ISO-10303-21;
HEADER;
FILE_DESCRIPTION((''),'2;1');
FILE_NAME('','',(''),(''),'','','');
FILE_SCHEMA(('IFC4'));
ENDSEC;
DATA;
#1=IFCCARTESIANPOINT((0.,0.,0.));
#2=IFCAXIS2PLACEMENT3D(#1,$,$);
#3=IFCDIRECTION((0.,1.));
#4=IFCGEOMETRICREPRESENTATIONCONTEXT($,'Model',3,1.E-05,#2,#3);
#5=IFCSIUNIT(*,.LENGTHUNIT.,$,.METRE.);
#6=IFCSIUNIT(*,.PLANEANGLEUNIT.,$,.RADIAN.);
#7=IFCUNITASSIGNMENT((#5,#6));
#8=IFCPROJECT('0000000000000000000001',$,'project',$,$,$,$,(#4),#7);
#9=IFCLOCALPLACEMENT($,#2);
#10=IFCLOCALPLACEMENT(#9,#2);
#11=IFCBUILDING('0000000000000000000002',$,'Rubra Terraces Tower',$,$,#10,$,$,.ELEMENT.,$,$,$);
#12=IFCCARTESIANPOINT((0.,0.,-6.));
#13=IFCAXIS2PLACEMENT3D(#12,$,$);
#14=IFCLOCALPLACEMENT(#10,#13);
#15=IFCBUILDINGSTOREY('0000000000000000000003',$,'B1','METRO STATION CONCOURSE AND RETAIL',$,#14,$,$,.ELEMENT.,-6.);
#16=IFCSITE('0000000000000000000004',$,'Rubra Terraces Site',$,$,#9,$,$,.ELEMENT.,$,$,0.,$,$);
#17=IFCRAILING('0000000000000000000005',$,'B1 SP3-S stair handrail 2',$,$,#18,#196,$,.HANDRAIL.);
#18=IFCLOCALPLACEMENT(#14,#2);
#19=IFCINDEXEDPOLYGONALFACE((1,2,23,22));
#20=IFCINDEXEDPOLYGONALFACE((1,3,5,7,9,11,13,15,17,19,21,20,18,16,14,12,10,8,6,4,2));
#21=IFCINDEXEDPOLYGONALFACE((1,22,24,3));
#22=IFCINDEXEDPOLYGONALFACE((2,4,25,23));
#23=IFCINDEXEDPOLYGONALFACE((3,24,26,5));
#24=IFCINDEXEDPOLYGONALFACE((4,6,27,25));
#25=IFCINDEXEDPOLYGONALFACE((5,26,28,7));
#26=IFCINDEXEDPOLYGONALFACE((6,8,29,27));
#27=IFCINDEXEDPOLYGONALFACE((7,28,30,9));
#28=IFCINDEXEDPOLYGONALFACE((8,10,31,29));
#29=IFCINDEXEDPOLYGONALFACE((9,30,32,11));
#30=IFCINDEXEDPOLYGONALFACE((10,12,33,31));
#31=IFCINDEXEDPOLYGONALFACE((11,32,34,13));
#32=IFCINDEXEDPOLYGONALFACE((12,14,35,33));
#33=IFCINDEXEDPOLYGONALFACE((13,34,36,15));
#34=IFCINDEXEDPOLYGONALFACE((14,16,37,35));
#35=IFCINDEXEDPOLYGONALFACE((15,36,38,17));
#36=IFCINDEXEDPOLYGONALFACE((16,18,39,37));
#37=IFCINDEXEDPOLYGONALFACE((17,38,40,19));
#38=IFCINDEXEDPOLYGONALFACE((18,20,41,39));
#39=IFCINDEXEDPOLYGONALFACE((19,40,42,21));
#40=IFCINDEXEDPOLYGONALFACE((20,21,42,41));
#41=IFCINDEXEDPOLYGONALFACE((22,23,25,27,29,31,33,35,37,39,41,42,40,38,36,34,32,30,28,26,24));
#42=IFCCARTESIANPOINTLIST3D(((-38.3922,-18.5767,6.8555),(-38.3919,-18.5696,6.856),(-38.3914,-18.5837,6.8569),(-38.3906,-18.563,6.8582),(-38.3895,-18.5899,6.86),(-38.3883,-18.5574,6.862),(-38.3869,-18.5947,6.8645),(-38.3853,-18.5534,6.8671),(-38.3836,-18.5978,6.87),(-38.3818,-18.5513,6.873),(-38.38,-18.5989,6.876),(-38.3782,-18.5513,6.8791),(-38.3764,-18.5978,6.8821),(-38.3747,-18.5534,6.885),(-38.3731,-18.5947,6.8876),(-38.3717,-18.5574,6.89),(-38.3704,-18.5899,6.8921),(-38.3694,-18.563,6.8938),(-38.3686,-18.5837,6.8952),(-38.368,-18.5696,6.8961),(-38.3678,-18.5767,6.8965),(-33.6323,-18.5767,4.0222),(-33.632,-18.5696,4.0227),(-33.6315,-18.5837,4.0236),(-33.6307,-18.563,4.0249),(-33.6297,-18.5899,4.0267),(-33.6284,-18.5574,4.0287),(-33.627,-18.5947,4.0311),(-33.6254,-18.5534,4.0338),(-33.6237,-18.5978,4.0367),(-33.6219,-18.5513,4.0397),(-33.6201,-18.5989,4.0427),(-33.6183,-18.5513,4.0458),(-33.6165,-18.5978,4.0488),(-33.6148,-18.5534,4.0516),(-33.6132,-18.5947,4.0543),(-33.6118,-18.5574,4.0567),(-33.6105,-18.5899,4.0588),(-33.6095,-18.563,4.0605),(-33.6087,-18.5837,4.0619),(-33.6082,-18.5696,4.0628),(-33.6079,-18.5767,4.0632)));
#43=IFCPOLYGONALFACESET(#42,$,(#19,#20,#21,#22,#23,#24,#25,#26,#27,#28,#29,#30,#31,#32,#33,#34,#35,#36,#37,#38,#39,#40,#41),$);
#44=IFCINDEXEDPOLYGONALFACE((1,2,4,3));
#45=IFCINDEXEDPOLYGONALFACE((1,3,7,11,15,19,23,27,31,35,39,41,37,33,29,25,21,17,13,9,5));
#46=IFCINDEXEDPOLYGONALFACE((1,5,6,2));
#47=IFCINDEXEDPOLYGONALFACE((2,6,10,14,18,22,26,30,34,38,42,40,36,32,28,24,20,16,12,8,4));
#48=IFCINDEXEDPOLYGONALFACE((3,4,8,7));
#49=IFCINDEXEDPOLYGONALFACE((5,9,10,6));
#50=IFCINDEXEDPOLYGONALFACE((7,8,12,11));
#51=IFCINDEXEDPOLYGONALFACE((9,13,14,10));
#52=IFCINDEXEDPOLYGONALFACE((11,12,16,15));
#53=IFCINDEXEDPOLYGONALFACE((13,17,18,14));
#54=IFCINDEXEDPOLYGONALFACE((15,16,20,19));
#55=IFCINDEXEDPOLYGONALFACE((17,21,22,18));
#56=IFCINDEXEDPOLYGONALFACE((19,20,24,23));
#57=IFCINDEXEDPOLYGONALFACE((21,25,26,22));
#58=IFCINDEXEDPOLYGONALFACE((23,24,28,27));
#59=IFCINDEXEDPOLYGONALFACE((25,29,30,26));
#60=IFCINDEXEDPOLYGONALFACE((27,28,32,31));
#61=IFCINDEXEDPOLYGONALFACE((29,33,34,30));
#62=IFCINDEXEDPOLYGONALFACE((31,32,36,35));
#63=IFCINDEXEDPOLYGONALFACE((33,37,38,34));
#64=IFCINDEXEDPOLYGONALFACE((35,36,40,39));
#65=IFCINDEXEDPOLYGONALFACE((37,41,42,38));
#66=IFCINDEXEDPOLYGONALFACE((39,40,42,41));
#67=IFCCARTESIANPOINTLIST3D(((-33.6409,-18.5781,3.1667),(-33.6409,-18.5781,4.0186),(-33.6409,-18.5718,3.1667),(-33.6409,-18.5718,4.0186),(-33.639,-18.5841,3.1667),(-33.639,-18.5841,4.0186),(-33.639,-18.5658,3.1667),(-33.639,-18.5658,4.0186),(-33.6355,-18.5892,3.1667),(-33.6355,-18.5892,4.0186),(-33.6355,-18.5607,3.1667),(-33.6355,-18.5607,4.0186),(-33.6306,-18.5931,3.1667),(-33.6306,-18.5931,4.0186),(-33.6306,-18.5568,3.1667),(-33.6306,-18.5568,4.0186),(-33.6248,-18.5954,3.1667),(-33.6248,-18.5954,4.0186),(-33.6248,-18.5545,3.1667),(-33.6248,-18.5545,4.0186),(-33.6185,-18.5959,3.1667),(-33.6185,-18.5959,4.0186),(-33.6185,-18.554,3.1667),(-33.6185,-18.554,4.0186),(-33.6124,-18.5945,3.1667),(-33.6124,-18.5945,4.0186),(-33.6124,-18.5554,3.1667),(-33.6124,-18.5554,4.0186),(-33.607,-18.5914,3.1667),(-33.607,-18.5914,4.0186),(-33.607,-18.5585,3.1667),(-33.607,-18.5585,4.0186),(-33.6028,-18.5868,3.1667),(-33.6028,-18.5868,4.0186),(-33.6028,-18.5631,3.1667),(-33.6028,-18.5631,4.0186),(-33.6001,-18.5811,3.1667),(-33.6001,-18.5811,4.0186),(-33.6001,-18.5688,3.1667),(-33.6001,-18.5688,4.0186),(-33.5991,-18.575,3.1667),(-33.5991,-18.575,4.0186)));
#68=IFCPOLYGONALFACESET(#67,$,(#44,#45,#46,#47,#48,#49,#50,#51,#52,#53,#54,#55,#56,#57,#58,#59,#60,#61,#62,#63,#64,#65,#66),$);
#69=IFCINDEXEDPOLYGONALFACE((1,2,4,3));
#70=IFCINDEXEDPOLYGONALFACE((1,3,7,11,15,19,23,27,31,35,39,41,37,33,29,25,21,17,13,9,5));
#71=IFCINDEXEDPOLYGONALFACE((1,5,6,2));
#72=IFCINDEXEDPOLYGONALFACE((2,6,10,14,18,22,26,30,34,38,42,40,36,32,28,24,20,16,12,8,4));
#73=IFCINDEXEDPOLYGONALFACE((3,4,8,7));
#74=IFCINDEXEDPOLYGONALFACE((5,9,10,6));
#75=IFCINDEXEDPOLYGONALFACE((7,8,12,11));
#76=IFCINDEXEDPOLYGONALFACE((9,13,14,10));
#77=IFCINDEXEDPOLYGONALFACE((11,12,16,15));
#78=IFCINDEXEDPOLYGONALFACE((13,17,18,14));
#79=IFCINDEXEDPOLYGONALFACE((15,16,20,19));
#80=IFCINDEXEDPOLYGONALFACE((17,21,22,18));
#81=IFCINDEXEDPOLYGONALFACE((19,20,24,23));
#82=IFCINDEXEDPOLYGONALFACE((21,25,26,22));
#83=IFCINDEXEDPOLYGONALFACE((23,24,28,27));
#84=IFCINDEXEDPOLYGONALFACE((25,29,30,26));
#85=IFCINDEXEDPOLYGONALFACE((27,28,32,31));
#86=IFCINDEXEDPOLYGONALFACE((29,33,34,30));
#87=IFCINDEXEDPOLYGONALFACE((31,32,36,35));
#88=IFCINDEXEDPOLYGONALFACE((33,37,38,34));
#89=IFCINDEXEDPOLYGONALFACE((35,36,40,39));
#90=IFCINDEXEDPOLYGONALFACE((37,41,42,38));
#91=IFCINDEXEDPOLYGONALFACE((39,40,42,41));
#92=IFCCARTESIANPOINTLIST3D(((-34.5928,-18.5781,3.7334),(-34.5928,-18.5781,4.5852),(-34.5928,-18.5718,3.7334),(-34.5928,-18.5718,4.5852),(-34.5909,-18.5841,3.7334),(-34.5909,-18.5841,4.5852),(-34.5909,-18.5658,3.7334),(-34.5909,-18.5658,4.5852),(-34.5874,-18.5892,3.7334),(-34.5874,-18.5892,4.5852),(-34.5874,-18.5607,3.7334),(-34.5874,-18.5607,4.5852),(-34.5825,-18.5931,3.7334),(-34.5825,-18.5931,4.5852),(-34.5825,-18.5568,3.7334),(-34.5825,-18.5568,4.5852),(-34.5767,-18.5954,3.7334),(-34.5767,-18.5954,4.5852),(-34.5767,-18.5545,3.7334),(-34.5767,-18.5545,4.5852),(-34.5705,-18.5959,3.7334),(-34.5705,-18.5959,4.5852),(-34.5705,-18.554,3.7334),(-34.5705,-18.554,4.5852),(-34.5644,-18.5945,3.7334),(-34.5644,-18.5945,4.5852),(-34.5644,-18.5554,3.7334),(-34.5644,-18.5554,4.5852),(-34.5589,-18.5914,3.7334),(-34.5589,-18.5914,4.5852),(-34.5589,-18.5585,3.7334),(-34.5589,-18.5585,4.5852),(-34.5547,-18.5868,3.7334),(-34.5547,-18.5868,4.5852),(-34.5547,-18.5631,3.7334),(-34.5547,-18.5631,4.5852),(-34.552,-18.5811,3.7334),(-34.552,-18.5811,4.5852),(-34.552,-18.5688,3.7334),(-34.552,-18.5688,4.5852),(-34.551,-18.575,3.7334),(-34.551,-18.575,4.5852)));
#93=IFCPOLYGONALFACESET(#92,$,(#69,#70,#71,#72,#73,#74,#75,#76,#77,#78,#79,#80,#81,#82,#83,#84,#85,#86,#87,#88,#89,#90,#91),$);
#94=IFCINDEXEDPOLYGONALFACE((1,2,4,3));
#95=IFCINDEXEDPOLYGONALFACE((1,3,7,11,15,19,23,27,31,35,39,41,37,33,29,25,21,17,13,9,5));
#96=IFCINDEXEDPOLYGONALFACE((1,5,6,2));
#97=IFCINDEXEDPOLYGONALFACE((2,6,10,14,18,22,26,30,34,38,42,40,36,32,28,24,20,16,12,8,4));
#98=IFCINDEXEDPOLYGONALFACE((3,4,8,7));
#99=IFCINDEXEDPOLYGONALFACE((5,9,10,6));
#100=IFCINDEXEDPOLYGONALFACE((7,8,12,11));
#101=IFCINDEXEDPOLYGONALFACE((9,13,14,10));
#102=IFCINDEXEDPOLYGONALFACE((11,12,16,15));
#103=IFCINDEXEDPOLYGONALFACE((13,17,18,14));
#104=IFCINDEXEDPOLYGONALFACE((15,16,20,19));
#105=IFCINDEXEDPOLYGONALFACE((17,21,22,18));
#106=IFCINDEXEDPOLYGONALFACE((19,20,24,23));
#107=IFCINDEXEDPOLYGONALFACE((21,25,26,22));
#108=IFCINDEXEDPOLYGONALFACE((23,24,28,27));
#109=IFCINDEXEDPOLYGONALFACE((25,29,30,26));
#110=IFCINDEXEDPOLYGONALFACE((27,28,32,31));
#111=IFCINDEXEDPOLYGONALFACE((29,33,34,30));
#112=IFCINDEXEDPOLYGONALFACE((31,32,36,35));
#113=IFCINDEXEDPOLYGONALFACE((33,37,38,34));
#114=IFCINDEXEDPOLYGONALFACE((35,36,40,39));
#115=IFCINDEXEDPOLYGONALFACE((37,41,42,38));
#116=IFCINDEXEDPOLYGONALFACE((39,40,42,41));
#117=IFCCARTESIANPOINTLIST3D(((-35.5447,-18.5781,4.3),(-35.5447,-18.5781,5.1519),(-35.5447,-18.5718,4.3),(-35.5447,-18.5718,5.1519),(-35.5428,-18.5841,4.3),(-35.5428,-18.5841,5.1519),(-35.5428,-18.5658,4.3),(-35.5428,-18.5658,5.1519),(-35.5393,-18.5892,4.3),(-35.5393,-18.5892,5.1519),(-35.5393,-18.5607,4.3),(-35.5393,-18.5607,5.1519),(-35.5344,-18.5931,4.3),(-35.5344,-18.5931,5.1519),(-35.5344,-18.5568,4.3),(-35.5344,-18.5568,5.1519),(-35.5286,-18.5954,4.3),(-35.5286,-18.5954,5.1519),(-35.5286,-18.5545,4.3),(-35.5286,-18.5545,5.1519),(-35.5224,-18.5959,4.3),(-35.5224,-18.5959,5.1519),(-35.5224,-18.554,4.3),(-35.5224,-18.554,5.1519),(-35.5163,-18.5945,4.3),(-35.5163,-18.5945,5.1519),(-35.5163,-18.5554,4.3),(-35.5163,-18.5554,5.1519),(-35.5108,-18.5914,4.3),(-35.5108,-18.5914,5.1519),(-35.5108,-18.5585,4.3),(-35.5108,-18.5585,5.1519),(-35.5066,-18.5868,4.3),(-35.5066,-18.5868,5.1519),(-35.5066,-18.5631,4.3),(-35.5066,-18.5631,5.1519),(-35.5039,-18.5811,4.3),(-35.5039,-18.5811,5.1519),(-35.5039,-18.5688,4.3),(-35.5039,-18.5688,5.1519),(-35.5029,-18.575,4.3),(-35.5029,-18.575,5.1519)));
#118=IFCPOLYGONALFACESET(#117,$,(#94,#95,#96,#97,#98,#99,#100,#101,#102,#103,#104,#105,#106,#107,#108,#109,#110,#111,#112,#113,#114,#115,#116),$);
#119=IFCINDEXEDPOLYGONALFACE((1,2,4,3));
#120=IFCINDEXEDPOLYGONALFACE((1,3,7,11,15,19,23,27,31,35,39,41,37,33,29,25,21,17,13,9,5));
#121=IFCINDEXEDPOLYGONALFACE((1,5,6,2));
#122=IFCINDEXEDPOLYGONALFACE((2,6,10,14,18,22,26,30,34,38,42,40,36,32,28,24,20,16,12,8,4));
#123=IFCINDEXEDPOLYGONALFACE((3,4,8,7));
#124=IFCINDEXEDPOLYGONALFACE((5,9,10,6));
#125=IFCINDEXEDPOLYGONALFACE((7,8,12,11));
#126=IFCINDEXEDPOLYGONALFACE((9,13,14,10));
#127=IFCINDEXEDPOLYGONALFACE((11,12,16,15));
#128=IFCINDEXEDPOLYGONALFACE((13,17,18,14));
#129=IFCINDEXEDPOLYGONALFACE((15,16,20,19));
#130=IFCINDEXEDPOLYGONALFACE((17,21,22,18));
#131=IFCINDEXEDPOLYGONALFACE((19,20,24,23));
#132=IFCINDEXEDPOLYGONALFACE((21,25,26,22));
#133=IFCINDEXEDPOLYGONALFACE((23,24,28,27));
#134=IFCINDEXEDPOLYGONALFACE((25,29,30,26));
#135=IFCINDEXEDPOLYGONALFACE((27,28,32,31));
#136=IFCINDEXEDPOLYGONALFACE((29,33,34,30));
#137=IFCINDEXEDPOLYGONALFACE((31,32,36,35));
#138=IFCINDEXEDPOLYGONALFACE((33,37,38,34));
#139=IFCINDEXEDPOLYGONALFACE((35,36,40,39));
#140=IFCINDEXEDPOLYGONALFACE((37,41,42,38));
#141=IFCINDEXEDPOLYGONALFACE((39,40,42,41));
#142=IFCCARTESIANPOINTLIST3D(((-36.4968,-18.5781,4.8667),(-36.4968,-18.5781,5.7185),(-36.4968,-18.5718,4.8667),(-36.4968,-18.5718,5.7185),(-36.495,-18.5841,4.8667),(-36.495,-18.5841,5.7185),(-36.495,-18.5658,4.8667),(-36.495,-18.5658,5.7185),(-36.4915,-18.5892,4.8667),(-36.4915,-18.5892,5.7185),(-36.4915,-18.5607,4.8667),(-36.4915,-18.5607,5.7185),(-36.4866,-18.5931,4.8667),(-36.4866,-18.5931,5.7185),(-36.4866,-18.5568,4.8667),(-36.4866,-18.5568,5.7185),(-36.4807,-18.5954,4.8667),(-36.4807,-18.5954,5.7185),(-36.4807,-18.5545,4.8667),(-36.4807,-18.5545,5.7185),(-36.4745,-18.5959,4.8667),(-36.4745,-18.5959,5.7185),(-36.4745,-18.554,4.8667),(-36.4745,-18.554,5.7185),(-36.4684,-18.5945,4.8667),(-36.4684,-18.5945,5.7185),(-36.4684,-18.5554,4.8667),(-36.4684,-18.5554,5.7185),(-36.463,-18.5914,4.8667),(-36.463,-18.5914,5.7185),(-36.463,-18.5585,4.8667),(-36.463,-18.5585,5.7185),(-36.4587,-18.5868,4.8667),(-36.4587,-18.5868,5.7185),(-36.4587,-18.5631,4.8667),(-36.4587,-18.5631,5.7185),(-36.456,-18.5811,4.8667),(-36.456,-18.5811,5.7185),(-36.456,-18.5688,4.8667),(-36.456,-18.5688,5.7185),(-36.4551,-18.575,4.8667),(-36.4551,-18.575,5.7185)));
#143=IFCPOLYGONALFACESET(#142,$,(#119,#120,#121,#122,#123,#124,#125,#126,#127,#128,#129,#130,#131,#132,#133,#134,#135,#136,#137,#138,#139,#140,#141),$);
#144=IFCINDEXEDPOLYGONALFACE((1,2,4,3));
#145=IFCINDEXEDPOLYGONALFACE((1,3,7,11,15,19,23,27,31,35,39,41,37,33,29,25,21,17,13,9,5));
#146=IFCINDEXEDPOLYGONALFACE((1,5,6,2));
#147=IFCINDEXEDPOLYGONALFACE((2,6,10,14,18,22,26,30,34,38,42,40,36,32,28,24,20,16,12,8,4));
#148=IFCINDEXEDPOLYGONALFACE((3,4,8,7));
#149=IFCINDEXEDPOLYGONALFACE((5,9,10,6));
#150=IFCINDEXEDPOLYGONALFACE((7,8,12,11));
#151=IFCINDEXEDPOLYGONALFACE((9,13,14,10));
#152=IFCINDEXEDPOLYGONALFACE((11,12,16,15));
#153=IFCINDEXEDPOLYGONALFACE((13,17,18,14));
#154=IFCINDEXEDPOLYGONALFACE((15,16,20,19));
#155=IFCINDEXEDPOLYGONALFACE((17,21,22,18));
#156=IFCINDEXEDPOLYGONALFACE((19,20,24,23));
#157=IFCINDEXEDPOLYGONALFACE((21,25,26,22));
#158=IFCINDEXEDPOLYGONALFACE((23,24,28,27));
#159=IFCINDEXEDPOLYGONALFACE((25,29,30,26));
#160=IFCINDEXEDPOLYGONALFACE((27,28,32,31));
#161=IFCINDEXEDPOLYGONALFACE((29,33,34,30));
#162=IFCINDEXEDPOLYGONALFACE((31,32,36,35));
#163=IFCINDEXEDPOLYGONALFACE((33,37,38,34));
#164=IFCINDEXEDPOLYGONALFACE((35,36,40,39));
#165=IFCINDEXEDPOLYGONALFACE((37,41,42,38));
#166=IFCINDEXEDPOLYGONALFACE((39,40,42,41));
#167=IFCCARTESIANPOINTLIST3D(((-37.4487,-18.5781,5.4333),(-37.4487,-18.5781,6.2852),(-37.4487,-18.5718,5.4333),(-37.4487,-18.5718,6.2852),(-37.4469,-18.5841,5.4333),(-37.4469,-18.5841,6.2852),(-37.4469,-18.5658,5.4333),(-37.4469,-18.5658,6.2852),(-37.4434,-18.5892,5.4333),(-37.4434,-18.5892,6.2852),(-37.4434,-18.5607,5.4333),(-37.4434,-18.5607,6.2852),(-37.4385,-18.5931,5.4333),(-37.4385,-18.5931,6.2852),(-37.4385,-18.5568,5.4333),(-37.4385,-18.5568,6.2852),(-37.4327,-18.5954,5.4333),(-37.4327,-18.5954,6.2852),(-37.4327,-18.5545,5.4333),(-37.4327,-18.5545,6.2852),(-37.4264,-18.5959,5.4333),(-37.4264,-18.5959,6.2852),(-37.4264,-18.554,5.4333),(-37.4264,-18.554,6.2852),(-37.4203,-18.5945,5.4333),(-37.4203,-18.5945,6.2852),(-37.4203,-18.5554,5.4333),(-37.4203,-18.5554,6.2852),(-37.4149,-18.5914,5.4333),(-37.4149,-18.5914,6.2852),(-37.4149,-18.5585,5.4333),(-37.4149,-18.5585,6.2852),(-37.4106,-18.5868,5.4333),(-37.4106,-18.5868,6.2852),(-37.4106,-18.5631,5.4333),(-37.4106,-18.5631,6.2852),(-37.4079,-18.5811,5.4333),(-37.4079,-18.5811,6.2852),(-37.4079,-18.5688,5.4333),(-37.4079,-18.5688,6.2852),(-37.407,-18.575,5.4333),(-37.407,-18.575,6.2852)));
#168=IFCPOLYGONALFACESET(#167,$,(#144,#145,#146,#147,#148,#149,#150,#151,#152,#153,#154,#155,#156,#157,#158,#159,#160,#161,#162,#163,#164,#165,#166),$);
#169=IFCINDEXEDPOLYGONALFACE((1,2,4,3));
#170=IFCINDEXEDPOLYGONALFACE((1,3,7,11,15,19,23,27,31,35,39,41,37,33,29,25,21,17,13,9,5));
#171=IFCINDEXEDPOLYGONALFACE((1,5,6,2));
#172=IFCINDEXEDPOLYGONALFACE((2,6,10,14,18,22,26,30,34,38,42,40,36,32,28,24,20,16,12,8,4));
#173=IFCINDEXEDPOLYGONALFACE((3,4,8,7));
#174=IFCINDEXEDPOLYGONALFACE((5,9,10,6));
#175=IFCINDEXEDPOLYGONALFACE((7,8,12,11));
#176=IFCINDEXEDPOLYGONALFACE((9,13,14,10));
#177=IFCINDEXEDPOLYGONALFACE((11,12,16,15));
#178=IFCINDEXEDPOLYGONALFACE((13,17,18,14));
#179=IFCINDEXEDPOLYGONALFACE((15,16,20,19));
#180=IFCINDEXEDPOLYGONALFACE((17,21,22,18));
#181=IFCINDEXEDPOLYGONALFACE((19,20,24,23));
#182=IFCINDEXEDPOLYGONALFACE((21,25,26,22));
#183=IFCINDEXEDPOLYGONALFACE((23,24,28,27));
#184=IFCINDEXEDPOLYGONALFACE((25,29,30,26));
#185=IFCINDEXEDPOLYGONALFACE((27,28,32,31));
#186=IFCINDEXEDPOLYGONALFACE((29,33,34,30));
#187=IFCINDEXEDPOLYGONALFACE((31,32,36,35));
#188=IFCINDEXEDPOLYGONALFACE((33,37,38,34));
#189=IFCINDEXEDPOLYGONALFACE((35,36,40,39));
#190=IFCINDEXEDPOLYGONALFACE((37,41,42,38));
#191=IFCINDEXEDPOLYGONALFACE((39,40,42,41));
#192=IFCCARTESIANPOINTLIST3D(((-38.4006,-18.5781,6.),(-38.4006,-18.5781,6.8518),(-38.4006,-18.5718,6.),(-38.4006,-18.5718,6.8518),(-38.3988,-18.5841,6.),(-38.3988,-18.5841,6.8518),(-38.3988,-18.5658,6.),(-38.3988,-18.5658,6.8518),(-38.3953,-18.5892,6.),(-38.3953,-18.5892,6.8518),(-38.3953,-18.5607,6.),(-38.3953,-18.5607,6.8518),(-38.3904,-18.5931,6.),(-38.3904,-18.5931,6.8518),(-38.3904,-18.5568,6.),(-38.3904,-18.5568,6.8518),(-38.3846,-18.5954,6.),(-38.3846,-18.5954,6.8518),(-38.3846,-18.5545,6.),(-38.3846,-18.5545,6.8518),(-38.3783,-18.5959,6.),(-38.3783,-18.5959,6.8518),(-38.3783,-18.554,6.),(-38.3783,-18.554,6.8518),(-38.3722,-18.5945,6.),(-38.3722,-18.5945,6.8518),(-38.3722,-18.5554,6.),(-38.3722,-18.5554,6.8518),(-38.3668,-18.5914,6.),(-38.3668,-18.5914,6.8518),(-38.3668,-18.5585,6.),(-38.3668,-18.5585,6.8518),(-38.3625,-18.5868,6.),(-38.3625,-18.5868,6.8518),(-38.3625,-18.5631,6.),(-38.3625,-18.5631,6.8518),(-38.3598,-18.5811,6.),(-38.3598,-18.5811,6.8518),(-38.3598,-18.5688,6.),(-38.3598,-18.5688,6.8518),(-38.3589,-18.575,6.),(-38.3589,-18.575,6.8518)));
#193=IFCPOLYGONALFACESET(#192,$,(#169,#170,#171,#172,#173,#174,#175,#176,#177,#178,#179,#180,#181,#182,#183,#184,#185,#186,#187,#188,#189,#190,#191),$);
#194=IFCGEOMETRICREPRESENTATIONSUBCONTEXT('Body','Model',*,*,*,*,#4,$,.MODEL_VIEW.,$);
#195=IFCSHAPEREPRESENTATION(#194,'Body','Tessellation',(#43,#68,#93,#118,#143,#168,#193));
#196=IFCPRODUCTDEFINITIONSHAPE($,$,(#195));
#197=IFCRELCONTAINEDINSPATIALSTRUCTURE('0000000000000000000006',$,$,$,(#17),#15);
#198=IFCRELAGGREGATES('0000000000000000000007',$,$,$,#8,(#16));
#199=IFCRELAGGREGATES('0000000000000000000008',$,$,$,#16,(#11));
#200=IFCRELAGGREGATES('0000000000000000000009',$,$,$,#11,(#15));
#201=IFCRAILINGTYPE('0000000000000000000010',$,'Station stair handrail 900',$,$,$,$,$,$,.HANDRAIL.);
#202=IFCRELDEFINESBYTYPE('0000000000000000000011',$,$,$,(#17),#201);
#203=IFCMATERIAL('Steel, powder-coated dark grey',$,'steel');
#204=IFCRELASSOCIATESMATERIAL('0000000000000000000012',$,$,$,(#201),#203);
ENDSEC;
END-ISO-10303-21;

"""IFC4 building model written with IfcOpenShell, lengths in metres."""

from ifc_helpers import new_model, si_unit, direction, frame, origin, origin_2d, place, context, subcontext, project, spatial, circle, extrude, material, type_object, element, save


model = new_model("IFC4")

# Units and contexts
model_context = context("Model", 3, precision=1e-05, world=origin(), true_north=direction((0.0, 1.0)))
body_context = subcontext(model_context, "Body", "Model", "MODEL_VIEW")
ifc_project = project(units=[si_unit("LENGTHUNIT", "METRE"), si_unit("PLANEANGLEUNIT", "RADIAN")], contexts=[model_context])

# Site, building, storey
site_placement = place(None, origin())
site = spatial("IfcSite", under=ifc_project, at=site_placement, Name="Rubra Terraces Site", CompositionType="ELEMENT", RefElevation=0.0)
building_placement = place(site_placement, origin())
building = spatial("IfcBuilding", under=site, at=building_placement, Name="Rubra Terraces Tower", CompositionType="ELEMENT")
storey_placement = place(building_placement, frame((0.0, 0.0, -6.0)))
storey = spatial("IfcBuildingStorey", under=building, at=storey_placement, Name="B1", Description="METRO STATION CONCOURSE AND RETAIL", CompositionType="ELEMENT", Elevation=-6.0)

# Railing
ifc_material_1 = material(Name="Steel, powder-coated dark grey", Category="steel")
railing_type_1 = type_object("IfcRailingType", Name="Station stair handrail 900", PredefinedType="HANDRAIL", material=ifc_material_1)
railing_1_placement = place(storey_placement, frame((-33.6201, -18.575, 3.1667)))
element("IfcRailing", 1, at=railing_1_placement, inside=storey, type_object=railing_type_1, Name="B1 SP3-S stair handrail 2", PredefinedType="HANDRAIL", context=body_context, shape_type="SweptSolid", body=[
    extrude(circle(Radius=0.0239, at=origin_2d()), frame((0.0, 0.0, 0.876), z_axis=(-0.859288, 0.0, 0.511492), x_axis=(0.0, -1.0, 0.0)), (0.0, 0.0, 1.0), 5.5393),
    extrude(circle(Radius=0.021, at=origin_2d()), origin(), (0.0, 0.0, 1.0), 0.8518),
    extrude(circle(Radius=0.021, at=origin_2d()), frame((-0.9519, 0.0, 0.5667)), (0.0, 0.0, 1.0), 0.8518),
    extrude(circle(Radius=0.021, at=origin_2d()), frame((-1.9038, 0.0, 1.1333)), (0.0, 0.0, 1.0), 0.8518),
    extrude(circle(Radius=0.021, at=origin_2d()), frame((-2.856, 0.0, 1.7)), (0.0, 0.0, 1.0), 0.8518),
    extrude(circle(Radius=0.021, at=origin_2d()), frame((-3.8079, 0.0, 2.2666)), (0.0, 0.0, 1.0), 0.8518),
    extrude(circle(Radius=0.021, at=origin_2d()), frame((-4.7598, 0.0, 2.8333)), (0.0, 0.0, 1.0), 0.8518),
])

save(model, "model.ifc")
